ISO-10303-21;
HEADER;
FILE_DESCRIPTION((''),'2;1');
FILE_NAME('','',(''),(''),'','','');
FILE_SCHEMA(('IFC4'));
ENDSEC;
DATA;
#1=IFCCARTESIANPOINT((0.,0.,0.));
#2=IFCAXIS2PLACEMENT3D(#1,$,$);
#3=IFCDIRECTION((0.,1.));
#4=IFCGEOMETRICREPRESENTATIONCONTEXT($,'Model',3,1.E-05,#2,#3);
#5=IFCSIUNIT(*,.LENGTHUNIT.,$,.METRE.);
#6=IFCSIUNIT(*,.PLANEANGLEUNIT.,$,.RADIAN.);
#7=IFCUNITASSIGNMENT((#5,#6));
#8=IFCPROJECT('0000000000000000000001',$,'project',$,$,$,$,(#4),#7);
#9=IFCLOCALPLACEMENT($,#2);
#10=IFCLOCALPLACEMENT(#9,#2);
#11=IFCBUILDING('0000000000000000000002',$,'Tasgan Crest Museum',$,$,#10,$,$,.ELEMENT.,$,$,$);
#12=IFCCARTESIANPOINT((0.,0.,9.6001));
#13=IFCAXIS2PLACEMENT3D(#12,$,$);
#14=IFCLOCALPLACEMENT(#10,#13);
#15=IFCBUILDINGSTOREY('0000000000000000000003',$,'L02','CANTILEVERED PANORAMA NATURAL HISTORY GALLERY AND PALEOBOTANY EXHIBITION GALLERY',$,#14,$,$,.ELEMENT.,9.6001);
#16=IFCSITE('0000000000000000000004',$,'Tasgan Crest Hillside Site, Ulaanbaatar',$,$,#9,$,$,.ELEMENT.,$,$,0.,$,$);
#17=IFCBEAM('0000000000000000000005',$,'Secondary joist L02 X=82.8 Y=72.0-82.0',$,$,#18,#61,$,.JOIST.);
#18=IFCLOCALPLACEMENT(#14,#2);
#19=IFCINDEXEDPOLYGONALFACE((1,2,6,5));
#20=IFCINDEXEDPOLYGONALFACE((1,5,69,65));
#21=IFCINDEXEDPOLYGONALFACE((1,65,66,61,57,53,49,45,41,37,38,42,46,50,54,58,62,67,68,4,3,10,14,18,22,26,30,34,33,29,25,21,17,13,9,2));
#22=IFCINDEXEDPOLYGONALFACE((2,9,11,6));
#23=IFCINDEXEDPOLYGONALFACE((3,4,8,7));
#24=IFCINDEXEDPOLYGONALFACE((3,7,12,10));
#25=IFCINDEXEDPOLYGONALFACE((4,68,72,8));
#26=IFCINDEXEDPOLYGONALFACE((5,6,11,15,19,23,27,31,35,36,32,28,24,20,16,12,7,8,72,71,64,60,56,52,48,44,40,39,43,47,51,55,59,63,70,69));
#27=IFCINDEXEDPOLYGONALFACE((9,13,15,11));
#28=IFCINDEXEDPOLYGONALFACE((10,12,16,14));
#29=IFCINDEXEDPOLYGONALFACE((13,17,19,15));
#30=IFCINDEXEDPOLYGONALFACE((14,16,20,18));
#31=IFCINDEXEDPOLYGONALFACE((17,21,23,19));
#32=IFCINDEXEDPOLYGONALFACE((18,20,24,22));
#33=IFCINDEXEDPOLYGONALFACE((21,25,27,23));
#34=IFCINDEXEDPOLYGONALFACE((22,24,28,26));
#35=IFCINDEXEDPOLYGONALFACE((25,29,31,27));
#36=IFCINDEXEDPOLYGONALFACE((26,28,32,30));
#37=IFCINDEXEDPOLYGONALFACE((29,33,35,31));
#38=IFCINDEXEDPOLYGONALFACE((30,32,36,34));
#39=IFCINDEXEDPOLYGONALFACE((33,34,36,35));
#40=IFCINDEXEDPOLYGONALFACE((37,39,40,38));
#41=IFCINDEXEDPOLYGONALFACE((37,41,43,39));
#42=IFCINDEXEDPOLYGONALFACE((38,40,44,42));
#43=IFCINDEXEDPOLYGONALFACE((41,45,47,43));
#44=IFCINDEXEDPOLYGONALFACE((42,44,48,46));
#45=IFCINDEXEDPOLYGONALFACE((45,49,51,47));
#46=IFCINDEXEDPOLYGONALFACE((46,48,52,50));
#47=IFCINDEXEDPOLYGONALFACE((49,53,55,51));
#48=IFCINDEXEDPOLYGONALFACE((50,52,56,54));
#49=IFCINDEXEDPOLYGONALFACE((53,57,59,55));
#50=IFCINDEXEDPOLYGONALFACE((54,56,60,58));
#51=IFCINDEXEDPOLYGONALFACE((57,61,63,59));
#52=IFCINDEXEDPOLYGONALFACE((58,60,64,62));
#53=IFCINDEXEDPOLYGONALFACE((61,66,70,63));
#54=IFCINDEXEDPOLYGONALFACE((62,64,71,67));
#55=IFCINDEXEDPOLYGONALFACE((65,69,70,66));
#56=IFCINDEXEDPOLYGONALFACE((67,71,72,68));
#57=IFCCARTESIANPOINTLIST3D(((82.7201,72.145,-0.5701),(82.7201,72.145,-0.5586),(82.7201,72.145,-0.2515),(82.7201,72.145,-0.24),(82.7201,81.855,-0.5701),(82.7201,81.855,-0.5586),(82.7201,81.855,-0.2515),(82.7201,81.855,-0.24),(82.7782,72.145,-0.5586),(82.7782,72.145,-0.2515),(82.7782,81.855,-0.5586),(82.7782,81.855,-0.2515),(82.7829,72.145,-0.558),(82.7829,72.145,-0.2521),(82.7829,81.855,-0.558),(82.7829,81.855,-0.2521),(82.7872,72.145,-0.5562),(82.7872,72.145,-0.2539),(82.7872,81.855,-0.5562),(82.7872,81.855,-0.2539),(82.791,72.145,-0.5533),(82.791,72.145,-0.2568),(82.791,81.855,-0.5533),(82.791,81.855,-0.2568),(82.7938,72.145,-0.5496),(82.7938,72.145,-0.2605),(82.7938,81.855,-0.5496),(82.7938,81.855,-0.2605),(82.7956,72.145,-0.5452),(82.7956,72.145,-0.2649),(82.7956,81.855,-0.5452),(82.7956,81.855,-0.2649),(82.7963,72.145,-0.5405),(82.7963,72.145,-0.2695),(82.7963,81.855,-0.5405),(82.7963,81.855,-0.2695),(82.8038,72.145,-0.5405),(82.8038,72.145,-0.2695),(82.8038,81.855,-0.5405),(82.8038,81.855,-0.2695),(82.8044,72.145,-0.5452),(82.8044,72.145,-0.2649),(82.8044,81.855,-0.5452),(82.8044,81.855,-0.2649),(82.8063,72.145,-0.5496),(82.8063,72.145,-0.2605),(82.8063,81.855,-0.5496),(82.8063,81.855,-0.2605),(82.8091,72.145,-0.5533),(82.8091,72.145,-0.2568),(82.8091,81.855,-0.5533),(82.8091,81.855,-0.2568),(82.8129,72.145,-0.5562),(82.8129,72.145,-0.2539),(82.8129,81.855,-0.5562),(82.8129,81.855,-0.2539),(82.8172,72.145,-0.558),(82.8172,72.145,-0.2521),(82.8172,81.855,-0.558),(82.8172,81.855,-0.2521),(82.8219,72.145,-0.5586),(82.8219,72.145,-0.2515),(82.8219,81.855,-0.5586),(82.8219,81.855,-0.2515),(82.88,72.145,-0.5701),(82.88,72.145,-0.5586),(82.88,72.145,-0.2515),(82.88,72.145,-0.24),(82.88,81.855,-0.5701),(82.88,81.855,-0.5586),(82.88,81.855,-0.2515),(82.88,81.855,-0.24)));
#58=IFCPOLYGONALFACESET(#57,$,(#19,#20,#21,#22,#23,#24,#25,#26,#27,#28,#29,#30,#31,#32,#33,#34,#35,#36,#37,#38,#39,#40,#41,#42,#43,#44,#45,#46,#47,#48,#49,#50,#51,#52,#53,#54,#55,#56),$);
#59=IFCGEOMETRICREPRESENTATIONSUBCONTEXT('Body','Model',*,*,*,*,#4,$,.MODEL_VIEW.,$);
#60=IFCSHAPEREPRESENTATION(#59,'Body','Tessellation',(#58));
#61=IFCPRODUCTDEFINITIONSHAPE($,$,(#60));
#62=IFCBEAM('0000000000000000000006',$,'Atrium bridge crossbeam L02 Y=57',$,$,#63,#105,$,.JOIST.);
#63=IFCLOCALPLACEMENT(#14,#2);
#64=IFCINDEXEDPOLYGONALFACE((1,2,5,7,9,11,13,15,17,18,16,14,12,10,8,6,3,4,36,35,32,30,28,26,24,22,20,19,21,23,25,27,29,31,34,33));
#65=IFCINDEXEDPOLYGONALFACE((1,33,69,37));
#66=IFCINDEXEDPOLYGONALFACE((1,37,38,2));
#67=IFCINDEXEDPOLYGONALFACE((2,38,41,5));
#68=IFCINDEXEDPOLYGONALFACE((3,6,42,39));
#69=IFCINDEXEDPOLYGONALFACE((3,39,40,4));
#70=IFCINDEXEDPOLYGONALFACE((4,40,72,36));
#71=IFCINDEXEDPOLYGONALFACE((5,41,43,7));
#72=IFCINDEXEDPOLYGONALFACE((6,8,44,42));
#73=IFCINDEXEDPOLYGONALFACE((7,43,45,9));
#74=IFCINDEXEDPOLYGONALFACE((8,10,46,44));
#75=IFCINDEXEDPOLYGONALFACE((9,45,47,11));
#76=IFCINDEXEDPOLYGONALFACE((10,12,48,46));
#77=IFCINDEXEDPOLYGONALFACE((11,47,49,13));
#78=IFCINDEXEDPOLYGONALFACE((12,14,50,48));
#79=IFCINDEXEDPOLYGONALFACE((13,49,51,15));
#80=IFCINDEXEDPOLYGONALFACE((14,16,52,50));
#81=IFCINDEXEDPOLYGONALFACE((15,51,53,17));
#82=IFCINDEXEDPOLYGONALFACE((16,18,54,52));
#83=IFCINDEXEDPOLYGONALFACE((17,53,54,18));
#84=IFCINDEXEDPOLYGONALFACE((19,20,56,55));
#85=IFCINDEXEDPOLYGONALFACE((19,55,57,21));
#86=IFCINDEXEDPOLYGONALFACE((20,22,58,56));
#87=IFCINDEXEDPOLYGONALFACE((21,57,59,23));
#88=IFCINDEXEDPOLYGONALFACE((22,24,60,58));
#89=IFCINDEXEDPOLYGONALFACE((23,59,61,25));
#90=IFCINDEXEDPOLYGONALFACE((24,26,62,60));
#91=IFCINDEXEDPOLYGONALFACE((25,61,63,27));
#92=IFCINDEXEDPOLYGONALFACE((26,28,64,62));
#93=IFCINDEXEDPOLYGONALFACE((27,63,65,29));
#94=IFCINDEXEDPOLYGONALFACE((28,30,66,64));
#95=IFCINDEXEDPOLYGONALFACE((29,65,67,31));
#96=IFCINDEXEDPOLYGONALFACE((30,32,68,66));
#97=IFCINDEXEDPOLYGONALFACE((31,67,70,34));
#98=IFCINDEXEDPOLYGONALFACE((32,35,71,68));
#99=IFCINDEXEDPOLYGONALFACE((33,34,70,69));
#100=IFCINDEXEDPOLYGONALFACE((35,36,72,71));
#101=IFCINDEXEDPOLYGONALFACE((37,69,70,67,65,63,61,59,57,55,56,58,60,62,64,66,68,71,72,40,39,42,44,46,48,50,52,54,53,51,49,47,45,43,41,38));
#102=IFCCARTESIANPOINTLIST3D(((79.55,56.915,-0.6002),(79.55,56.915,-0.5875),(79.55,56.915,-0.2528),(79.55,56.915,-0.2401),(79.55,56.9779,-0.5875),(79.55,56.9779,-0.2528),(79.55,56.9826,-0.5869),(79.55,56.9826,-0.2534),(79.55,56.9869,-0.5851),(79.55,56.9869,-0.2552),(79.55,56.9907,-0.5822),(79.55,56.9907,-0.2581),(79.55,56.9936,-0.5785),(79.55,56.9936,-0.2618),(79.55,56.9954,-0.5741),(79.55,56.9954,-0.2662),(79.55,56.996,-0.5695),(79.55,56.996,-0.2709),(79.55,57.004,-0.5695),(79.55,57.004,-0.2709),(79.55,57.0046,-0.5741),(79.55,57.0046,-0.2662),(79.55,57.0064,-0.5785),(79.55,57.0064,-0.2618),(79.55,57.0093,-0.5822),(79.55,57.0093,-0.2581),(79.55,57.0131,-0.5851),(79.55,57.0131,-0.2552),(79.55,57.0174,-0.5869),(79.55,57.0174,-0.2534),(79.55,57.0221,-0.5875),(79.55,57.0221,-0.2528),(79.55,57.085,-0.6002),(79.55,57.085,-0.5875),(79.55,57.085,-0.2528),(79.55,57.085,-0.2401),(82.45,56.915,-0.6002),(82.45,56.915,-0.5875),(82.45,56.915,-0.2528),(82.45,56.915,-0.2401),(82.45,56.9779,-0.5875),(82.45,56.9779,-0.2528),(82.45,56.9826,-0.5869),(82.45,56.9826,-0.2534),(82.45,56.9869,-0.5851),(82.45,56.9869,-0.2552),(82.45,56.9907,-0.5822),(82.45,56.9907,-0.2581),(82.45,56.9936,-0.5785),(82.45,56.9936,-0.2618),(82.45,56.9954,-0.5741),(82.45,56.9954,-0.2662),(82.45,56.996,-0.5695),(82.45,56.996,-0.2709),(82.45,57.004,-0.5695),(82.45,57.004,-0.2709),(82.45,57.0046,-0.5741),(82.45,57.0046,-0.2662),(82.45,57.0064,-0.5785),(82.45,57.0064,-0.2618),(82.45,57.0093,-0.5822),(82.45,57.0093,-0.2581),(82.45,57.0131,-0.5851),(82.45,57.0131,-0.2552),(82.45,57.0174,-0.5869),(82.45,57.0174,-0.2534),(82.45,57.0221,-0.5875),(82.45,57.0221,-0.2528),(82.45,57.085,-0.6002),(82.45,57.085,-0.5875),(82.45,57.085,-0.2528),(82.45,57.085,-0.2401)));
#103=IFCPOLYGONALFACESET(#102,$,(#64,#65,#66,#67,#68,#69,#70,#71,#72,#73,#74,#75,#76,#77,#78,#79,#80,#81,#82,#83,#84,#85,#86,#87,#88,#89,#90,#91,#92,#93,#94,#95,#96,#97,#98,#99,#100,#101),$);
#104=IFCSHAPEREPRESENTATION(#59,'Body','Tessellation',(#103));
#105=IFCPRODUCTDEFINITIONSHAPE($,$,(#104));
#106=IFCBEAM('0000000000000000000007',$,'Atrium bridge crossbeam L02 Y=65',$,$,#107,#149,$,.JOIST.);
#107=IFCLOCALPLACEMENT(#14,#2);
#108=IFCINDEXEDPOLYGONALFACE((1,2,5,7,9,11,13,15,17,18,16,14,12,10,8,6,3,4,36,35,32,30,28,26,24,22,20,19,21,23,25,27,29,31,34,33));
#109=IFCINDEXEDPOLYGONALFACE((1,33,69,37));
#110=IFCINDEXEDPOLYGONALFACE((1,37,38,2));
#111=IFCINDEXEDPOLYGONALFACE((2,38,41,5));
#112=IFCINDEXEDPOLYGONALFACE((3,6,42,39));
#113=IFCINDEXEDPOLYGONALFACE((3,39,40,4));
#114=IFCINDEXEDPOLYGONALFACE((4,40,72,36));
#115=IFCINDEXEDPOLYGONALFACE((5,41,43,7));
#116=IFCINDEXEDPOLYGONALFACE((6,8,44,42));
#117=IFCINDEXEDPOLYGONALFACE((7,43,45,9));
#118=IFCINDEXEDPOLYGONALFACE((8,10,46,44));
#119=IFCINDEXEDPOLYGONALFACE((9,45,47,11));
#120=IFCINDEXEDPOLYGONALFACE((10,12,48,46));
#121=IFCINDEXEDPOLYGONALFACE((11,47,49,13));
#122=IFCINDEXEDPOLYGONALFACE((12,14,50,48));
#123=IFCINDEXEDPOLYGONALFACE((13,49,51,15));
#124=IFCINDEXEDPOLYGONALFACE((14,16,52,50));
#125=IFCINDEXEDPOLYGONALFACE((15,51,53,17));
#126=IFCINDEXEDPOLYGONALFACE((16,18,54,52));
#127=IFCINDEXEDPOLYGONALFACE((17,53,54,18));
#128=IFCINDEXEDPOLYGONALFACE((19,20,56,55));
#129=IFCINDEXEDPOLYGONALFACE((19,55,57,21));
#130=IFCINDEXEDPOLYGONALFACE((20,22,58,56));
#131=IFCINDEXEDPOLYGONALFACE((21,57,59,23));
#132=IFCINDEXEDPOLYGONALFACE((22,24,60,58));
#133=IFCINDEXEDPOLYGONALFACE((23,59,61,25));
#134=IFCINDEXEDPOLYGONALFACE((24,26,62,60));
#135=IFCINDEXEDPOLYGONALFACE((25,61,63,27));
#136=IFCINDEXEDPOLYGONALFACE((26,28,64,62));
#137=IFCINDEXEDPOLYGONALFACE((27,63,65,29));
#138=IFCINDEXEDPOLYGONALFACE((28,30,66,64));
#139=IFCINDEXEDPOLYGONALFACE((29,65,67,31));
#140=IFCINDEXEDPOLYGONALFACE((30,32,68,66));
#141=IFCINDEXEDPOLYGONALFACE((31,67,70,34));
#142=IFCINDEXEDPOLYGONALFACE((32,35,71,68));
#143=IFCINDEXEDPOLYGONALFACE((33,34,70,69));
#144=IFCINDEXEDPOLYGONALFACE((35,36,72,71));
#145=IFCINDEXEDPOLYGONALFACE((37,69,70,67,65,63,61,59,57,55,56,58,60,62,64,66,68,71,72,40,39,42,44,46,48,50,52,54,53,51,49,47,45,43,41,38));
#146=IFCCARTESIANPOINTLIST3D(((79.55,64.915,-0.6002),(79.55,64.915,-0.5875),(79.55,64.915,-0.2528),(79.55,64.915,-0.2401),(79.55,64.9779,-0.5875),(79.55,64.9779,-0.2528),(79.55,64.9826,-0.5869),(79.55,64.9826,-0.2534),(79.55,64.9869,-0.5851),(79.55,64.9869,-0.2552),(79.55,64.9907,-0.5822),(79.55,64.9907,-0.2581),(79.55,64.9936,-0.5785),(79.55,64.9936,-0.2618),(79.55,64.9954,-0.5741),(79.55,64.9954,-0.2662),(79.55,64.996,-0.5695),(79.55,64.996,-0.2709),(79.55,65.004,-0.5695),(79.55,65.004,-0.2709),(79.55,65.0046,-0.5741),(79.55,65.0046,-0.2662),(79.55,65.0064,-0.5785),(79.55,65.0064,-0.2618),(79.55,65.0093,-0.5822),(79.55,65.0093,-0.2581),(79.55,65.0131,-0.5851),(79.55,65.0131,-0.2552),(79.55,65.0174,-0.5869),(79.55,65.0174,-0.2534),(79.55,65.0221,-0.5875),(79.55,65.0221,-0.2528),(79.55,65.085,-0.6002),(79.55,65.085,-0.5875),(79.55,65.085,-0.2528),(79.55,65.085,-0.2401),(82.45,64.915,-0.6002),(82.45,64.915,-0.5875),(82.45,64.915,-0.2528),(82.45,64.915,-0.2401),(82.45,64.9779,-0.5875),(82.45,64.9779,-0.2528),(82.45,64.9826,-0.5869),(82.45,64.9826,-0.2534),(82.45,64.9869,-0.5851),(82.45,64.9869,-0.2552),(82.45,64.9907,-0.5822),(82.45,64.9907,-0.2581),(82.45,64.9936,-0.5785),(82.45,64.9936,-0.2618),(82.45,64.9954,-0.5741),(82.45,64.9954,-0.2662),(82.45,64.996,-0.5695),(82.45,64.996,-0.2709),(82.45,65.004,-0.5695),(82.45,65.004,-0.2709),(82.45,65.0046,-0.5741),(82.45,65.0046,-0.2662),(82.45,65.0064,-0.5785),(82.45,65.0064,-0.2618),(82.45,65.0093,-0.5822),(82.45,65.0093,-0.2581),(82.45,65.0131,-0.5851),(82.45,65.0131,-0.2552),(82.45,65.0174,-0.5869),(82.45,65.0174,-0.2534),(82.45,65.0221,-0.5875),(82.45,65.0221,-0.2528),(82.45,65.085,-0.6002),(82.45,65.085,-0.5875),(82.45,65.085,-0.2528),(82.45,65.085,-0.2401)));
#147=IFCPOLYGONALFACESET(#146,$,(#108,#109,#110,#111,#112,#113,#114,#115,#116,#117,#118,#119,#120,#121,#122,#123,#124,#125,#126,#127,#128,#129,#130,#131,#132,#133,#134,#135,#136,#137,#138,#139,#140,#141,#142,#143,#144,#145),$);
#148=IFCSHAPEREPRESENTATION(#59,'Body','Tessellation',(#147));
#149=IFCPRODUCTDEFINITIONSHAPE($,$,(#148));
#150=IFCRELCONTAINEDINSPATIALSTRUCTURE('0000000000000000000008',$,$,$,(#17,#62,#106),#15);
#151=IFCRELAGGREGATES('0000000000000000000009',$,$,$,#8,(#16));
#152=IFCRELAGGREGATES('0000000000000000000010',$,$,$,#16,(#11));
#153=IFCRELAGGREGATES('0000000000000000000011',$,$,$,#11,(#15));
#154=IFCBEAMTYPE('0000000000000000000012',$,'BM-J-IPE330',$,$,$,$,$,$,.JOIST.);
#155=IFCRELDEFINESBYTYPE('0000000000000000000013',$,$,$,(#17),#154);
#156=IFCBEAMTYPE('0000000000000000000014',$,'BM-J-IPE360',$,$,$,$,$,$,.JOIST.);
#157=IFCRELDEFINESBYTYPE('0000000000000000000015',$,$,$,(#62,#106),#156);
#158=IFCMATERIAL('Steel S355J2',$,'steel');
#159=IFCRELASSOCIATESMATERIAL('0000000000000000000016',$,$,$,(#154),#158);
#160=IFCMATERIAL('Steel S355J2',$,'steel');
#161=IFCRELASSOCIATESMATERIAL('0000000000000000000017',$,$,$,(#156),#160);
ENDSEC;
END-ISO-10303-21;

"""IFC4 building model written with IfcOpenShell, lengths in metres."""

from ifc_helpers import new_model, si_unit, direction, frame, origin, origin_2d, place, context, subcontext, project, spatial, i_section, extrude, material, material_profile, profile_set, type_object, element, save


model = new_model("IFC4")

# Units and contexts
model_context = context("Model", 3, precision=1e-05, world=origin(), true_north=direction((0.0, 1.0)))
body_context = subcontext(model_context, "Body", "Model", "MODEL_VIEW")
ifc_project = project(units=[si_unit("LENGTHUNIT", "METRE"), si_unit("PLANEANGLEUNIT", "RADIAN")], contexts=[model_context])

# Site, building, storey
site_placement = place(None, origin())
site = spatial("IfcSite", under=ifc_project, at=site_placement, Name="Tasgan Crest Hillside Site, Ulaanbaatar", CompositionType="ELEMENT", RefElevation=0.0)
building_placement = place(site_placement, origin())
building = spatial("IfcBuilding", under=site, at=building_placement, Name="Tasgan Crest Museum", CompositionType="ELEMENT")
storey_placement = place(building_placement, frame((0.0, 0.0, 9.6001)))
storey = spatial("IfcBuildingStorey", under=building, at=storey_placement, Name="L02", Description="CANTILEVERED PANORAMA NATURAL HISTORY GALLERY AND PALEOBOTANY EXHIBITION GALLERY", CompositionType="ELEMENT", Elevation=9.6001)

# Beams
ifc_material_1 = material(Name="Steel S355J2", Category="steel")
ifc_material_profile_1 = material_profile(ifc_material_1, i_section(OverallWidth=0.1599, OverallDepth=0.3301, WebThickness=0.0076, FlangeThickness=0.0115, FilletRadius=0.0181, at=origin_2d()), Name="IPE 330")
ifc_profile_set_1 = profile_set([ifc_material_profile_1], Name="Steel S355J2")
beam_type_1 = type_object("IfcBeamType", Name="BM-J-IPE330", PredefinedType="JOIST", material=ifc_profile_set_1)
for number, where, z_axis, x_axis, name in (
    (1, (82.8, 72.145, -0.405), (0.0, 1.0, 0.0), (-1.0, 0.0, 0.0), "Secondary joist L02 X=82.8 Y=72.0-82.0"),
):
    element("IfcBeam", number, at=place(storey_placement, frame(where, z_axis=z_axis, x_axis=x_axis)), inside=storey, type_object=beam_type_1, Name=name, PredefinedType="JOIST", context=body_context, shape_type="SweptSolid", body=[
        extrude(i_section(OverallWidth=0.1599, OverallDepth=0.3301, WebThickness=0.0076, FlangeThickness=0.0115, FilletRadius=0.0181, at=origin_2d()), origin(), (0.0, 0.0, 1.0), 9.71),
    ])
ifc_material_2 = material(Name="Steel S355J2", Category="steel")
ifc_material_profile_2 = material_profile(ifc_material_2, i_section(OverallWidth=0.1699, OverallDepth=0.3601, WebThickness=0.0081, FlangeThickness=0.0127, FilletRadius=0.0181, at=origin_2d()), Name="IPE 360")
ifc_profile_set_2 = profile_set([ifc_material_profile_2], Name="Steel S355J2")
beam_type_2 = type_object("IfcBeamType", Name="BM-J-IPE360", PredefinedType="JOIST", material=ifc_profile_set_2)
for number, where, z_axis, x_axis, name in (
    (2, (79.55, 57.0, -0.4202), (1.0, 0.0, 0.0), (0.0, 1.0, 0.0), "Atrium bridge crossbeam L02 Y=57"),
    (3, (79.55, 65.0, -0.4202), (1.0, 0.0, 0.0), (0.0, 1.0, 0.0), "Atrium bridge crossbeam L02 Y=65"),
):
    element("IfcBeam", number, at=place(storey_placement, frame(where, z_axis=z_axis, x_axis=x_axis)), inside=storey, type_object=beam_type_2, Name=name, PredefinedType="JOIST", context=body_context, shape_type="SweptSolid", body=[
        extrude(i_section(OverallWidth=0.1699, OverallDepth=0.3601, WebThickness=0.0081, FlangeThickness=0.0127, FilletRadius=0.0181, at=origin_2d()), origin(), (0.0, 0.0, 1.0), 2.8999),
    ])

save(model, "model.ifc")
